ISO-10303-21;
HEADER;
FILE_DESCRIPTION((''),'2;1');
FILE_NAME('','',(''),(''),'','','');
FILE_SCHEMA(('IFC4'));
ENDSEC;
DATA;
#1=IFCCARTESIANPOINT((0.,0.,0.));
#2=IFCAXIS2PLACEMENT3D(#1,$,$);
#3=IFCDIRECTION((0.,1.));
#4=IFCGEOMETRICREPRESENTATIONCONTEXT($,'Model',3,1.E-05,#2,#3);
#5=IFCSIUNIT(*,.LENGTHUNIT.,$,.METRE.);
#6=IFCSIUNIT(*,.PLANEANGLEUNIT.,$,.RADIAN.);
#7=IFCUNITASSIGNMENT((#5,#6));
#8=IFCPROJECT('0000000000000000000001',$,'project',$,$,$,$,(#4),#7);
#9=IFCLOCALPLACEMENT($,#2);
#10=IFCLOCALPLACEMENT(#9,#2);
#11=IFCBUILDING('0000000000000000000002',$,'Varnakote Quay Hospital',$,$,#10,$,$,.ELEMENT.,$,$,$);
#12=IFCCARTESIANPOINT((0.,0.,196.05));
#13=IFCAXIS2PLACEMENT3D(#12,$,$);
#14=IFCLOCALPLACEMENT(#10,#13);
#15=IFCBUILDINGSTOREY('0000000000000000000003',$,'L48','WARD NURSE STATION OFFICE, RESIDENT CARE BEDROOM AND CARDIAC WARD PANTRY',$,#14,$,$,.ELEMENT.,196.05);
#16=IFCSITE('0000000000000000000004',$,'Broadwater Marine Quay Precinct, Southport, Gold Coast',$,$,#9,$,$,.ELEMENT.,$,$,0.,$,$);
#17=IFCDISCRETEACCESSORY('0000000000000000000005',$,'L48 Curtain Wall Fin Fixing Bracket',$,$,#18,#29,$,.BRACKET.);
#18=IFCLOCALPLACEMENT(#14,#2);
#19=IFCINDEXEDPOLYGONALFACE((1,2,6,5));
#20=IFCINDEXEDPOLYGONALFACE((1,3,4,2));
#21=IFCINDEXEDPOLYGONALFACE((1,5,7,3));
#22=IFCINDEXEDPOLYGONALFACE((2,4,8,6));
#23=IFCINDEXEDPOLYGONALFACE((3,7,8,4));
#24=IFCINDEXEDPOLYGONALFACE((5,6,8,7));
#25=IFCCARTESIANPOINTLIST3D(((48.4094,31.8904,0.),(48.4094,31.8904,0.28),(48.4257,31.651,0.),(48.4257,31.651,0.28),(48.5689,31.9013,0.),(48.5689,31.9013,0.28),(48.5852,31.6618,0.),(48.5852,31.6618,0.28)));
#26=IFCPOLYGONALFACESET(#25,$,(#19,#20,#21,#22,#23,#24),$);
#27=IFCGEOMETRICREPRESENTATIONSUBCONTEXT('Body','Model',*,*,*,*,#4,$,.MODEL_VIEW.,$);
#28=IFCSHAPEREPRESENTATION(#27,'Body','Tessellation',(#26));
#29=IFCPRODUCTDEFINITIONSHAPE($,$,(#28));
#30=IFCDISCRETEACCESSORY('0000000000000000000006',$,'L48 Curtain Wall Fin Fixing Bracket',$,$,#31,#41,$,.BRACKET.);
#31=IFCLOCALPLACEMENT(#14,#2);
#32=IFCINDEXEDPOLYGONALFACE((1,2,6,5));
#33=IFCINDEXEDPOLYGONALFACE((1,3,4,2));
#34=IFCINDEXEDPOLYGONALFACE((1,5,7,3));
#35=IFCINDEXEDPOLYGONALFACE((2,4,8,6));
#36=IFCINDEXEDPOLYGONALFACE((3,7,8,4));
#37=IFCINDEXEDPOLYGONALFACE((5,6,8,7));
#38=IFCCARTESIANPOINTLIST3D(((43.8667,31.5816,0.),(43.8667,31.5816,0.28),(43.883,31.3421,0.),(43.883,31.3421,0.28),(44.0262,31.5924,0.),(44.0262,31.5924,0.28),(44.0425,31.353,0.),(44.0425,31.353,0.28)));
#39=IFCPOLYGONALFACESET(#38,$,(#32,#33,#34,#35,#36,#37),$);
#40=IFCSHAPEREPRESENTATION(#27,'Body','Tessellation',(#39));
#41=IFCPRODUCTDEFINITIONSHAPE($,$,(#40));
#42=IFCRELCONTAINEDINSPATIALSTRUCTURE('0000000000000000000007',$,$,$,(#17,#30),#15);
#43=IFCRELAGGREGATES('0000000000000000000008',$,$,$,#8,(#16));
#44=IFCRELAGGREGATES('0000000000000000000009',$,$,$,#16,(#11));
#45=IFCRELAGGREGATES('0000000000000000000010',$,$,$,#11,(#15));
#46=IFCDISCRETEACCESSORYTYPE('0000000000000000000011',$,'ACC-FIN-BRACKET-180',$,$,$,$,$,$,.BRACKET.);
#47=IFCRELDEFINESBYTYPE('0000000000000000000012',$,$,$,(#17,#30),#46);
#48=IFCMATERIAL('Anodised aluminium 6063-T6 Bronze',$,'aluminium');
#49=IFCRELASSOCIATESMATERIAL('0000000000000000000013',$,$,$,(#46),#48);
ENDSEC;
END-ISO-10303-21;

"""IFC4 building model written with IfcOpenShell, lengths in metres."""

from ifc_helpers import new_model, si_unit, direction, frame, origin, origin_2d, place, context, subcontext, project, spatial, rectangle, extrude, material, type_object, element, save


model = new_model("IFC4")

# Units and contexts
model_context = context("Model", 3, precision=1e-05, world=origin(), true_north=direction((0.0, 1.0)))
body_context = subcontext(model_context, "Body", "Model", "MODEL_VIEW")
ifc_project = project(units=[si_unit("LENGTHUNIT", "METRE"), si_unit("PLANEANGLEUNIT", "RADIAN")], contexts=[model_context])

# Site, building, storey
site_placement = place(None, origin())
site = spatial("IfcSite", under=ifc_project, at=site_placement, Name="Broadwater Marine Quay Precinct, Southport, Gold Coast", CompositionType="ELEMENT", RefElevation=0.0)
building_placement = place(site_placement, origin())
building = spatial("IfcBuilding", under=site, at=building_placement, Name="Varnakote Quay Hospital", CompositionType="ELEMENT")
storey_placement = place(building_placement, frame((0.0, 0.0, 196.05)))
storey = spatial("IfcBuildingStorey", under=building, at=storey_placement, Name="L48", Description="WARD NURSE STATION OFFICE, RESIDENT CARE BEDROOM AND CARDIAC WARD PANTRY", CompositionType="ELEMENT", Elevation=196.05)

# Discrete accessories
ifc_material_1 = material(Name="Anodised aluminium 6063-T6 Bronze", Category="aluminium")
discrete_accessory_type = type_object("IfcDiscreteAccessoryType", Name="ACC-FIN-BRACKET-180", PredefinedType="BRACKET", material=ifc_material_1)
for number, where, z_axis, x_axis, name in (
    (1, (48.4973, 31.7761, 0.0), (0.0, 0.0, 1.0), (-0.997696, -0.067841, 0.0), "L48 Curtain Wall Fin Fixing Bracket"),
    (2, (43.9546, 31.4673, 0.0), (0.0, 0.0, 1.0), (-0.997696, -0.067841, 0.0), "L48 Curtain Wall Fin Fixing Bracket"),
):
    element("IfcDiscreteAccessory", number, at=place(storey_placement, frame(where, z_axis=z_axis, x_axis=x_axis)), inside=storey, type_object=discrete_accessory_type, Name=name, PredefinedType="BRACKET", context=body_context, shape_type="SweptSolid", body=[
        extrude(rectangle(XDim=0.1599, YDim=0.24, at=origin_2d()), origin(), (0.0, 0.0, 1.0), 0.28),
    ])

save(model, "model.ifc")
